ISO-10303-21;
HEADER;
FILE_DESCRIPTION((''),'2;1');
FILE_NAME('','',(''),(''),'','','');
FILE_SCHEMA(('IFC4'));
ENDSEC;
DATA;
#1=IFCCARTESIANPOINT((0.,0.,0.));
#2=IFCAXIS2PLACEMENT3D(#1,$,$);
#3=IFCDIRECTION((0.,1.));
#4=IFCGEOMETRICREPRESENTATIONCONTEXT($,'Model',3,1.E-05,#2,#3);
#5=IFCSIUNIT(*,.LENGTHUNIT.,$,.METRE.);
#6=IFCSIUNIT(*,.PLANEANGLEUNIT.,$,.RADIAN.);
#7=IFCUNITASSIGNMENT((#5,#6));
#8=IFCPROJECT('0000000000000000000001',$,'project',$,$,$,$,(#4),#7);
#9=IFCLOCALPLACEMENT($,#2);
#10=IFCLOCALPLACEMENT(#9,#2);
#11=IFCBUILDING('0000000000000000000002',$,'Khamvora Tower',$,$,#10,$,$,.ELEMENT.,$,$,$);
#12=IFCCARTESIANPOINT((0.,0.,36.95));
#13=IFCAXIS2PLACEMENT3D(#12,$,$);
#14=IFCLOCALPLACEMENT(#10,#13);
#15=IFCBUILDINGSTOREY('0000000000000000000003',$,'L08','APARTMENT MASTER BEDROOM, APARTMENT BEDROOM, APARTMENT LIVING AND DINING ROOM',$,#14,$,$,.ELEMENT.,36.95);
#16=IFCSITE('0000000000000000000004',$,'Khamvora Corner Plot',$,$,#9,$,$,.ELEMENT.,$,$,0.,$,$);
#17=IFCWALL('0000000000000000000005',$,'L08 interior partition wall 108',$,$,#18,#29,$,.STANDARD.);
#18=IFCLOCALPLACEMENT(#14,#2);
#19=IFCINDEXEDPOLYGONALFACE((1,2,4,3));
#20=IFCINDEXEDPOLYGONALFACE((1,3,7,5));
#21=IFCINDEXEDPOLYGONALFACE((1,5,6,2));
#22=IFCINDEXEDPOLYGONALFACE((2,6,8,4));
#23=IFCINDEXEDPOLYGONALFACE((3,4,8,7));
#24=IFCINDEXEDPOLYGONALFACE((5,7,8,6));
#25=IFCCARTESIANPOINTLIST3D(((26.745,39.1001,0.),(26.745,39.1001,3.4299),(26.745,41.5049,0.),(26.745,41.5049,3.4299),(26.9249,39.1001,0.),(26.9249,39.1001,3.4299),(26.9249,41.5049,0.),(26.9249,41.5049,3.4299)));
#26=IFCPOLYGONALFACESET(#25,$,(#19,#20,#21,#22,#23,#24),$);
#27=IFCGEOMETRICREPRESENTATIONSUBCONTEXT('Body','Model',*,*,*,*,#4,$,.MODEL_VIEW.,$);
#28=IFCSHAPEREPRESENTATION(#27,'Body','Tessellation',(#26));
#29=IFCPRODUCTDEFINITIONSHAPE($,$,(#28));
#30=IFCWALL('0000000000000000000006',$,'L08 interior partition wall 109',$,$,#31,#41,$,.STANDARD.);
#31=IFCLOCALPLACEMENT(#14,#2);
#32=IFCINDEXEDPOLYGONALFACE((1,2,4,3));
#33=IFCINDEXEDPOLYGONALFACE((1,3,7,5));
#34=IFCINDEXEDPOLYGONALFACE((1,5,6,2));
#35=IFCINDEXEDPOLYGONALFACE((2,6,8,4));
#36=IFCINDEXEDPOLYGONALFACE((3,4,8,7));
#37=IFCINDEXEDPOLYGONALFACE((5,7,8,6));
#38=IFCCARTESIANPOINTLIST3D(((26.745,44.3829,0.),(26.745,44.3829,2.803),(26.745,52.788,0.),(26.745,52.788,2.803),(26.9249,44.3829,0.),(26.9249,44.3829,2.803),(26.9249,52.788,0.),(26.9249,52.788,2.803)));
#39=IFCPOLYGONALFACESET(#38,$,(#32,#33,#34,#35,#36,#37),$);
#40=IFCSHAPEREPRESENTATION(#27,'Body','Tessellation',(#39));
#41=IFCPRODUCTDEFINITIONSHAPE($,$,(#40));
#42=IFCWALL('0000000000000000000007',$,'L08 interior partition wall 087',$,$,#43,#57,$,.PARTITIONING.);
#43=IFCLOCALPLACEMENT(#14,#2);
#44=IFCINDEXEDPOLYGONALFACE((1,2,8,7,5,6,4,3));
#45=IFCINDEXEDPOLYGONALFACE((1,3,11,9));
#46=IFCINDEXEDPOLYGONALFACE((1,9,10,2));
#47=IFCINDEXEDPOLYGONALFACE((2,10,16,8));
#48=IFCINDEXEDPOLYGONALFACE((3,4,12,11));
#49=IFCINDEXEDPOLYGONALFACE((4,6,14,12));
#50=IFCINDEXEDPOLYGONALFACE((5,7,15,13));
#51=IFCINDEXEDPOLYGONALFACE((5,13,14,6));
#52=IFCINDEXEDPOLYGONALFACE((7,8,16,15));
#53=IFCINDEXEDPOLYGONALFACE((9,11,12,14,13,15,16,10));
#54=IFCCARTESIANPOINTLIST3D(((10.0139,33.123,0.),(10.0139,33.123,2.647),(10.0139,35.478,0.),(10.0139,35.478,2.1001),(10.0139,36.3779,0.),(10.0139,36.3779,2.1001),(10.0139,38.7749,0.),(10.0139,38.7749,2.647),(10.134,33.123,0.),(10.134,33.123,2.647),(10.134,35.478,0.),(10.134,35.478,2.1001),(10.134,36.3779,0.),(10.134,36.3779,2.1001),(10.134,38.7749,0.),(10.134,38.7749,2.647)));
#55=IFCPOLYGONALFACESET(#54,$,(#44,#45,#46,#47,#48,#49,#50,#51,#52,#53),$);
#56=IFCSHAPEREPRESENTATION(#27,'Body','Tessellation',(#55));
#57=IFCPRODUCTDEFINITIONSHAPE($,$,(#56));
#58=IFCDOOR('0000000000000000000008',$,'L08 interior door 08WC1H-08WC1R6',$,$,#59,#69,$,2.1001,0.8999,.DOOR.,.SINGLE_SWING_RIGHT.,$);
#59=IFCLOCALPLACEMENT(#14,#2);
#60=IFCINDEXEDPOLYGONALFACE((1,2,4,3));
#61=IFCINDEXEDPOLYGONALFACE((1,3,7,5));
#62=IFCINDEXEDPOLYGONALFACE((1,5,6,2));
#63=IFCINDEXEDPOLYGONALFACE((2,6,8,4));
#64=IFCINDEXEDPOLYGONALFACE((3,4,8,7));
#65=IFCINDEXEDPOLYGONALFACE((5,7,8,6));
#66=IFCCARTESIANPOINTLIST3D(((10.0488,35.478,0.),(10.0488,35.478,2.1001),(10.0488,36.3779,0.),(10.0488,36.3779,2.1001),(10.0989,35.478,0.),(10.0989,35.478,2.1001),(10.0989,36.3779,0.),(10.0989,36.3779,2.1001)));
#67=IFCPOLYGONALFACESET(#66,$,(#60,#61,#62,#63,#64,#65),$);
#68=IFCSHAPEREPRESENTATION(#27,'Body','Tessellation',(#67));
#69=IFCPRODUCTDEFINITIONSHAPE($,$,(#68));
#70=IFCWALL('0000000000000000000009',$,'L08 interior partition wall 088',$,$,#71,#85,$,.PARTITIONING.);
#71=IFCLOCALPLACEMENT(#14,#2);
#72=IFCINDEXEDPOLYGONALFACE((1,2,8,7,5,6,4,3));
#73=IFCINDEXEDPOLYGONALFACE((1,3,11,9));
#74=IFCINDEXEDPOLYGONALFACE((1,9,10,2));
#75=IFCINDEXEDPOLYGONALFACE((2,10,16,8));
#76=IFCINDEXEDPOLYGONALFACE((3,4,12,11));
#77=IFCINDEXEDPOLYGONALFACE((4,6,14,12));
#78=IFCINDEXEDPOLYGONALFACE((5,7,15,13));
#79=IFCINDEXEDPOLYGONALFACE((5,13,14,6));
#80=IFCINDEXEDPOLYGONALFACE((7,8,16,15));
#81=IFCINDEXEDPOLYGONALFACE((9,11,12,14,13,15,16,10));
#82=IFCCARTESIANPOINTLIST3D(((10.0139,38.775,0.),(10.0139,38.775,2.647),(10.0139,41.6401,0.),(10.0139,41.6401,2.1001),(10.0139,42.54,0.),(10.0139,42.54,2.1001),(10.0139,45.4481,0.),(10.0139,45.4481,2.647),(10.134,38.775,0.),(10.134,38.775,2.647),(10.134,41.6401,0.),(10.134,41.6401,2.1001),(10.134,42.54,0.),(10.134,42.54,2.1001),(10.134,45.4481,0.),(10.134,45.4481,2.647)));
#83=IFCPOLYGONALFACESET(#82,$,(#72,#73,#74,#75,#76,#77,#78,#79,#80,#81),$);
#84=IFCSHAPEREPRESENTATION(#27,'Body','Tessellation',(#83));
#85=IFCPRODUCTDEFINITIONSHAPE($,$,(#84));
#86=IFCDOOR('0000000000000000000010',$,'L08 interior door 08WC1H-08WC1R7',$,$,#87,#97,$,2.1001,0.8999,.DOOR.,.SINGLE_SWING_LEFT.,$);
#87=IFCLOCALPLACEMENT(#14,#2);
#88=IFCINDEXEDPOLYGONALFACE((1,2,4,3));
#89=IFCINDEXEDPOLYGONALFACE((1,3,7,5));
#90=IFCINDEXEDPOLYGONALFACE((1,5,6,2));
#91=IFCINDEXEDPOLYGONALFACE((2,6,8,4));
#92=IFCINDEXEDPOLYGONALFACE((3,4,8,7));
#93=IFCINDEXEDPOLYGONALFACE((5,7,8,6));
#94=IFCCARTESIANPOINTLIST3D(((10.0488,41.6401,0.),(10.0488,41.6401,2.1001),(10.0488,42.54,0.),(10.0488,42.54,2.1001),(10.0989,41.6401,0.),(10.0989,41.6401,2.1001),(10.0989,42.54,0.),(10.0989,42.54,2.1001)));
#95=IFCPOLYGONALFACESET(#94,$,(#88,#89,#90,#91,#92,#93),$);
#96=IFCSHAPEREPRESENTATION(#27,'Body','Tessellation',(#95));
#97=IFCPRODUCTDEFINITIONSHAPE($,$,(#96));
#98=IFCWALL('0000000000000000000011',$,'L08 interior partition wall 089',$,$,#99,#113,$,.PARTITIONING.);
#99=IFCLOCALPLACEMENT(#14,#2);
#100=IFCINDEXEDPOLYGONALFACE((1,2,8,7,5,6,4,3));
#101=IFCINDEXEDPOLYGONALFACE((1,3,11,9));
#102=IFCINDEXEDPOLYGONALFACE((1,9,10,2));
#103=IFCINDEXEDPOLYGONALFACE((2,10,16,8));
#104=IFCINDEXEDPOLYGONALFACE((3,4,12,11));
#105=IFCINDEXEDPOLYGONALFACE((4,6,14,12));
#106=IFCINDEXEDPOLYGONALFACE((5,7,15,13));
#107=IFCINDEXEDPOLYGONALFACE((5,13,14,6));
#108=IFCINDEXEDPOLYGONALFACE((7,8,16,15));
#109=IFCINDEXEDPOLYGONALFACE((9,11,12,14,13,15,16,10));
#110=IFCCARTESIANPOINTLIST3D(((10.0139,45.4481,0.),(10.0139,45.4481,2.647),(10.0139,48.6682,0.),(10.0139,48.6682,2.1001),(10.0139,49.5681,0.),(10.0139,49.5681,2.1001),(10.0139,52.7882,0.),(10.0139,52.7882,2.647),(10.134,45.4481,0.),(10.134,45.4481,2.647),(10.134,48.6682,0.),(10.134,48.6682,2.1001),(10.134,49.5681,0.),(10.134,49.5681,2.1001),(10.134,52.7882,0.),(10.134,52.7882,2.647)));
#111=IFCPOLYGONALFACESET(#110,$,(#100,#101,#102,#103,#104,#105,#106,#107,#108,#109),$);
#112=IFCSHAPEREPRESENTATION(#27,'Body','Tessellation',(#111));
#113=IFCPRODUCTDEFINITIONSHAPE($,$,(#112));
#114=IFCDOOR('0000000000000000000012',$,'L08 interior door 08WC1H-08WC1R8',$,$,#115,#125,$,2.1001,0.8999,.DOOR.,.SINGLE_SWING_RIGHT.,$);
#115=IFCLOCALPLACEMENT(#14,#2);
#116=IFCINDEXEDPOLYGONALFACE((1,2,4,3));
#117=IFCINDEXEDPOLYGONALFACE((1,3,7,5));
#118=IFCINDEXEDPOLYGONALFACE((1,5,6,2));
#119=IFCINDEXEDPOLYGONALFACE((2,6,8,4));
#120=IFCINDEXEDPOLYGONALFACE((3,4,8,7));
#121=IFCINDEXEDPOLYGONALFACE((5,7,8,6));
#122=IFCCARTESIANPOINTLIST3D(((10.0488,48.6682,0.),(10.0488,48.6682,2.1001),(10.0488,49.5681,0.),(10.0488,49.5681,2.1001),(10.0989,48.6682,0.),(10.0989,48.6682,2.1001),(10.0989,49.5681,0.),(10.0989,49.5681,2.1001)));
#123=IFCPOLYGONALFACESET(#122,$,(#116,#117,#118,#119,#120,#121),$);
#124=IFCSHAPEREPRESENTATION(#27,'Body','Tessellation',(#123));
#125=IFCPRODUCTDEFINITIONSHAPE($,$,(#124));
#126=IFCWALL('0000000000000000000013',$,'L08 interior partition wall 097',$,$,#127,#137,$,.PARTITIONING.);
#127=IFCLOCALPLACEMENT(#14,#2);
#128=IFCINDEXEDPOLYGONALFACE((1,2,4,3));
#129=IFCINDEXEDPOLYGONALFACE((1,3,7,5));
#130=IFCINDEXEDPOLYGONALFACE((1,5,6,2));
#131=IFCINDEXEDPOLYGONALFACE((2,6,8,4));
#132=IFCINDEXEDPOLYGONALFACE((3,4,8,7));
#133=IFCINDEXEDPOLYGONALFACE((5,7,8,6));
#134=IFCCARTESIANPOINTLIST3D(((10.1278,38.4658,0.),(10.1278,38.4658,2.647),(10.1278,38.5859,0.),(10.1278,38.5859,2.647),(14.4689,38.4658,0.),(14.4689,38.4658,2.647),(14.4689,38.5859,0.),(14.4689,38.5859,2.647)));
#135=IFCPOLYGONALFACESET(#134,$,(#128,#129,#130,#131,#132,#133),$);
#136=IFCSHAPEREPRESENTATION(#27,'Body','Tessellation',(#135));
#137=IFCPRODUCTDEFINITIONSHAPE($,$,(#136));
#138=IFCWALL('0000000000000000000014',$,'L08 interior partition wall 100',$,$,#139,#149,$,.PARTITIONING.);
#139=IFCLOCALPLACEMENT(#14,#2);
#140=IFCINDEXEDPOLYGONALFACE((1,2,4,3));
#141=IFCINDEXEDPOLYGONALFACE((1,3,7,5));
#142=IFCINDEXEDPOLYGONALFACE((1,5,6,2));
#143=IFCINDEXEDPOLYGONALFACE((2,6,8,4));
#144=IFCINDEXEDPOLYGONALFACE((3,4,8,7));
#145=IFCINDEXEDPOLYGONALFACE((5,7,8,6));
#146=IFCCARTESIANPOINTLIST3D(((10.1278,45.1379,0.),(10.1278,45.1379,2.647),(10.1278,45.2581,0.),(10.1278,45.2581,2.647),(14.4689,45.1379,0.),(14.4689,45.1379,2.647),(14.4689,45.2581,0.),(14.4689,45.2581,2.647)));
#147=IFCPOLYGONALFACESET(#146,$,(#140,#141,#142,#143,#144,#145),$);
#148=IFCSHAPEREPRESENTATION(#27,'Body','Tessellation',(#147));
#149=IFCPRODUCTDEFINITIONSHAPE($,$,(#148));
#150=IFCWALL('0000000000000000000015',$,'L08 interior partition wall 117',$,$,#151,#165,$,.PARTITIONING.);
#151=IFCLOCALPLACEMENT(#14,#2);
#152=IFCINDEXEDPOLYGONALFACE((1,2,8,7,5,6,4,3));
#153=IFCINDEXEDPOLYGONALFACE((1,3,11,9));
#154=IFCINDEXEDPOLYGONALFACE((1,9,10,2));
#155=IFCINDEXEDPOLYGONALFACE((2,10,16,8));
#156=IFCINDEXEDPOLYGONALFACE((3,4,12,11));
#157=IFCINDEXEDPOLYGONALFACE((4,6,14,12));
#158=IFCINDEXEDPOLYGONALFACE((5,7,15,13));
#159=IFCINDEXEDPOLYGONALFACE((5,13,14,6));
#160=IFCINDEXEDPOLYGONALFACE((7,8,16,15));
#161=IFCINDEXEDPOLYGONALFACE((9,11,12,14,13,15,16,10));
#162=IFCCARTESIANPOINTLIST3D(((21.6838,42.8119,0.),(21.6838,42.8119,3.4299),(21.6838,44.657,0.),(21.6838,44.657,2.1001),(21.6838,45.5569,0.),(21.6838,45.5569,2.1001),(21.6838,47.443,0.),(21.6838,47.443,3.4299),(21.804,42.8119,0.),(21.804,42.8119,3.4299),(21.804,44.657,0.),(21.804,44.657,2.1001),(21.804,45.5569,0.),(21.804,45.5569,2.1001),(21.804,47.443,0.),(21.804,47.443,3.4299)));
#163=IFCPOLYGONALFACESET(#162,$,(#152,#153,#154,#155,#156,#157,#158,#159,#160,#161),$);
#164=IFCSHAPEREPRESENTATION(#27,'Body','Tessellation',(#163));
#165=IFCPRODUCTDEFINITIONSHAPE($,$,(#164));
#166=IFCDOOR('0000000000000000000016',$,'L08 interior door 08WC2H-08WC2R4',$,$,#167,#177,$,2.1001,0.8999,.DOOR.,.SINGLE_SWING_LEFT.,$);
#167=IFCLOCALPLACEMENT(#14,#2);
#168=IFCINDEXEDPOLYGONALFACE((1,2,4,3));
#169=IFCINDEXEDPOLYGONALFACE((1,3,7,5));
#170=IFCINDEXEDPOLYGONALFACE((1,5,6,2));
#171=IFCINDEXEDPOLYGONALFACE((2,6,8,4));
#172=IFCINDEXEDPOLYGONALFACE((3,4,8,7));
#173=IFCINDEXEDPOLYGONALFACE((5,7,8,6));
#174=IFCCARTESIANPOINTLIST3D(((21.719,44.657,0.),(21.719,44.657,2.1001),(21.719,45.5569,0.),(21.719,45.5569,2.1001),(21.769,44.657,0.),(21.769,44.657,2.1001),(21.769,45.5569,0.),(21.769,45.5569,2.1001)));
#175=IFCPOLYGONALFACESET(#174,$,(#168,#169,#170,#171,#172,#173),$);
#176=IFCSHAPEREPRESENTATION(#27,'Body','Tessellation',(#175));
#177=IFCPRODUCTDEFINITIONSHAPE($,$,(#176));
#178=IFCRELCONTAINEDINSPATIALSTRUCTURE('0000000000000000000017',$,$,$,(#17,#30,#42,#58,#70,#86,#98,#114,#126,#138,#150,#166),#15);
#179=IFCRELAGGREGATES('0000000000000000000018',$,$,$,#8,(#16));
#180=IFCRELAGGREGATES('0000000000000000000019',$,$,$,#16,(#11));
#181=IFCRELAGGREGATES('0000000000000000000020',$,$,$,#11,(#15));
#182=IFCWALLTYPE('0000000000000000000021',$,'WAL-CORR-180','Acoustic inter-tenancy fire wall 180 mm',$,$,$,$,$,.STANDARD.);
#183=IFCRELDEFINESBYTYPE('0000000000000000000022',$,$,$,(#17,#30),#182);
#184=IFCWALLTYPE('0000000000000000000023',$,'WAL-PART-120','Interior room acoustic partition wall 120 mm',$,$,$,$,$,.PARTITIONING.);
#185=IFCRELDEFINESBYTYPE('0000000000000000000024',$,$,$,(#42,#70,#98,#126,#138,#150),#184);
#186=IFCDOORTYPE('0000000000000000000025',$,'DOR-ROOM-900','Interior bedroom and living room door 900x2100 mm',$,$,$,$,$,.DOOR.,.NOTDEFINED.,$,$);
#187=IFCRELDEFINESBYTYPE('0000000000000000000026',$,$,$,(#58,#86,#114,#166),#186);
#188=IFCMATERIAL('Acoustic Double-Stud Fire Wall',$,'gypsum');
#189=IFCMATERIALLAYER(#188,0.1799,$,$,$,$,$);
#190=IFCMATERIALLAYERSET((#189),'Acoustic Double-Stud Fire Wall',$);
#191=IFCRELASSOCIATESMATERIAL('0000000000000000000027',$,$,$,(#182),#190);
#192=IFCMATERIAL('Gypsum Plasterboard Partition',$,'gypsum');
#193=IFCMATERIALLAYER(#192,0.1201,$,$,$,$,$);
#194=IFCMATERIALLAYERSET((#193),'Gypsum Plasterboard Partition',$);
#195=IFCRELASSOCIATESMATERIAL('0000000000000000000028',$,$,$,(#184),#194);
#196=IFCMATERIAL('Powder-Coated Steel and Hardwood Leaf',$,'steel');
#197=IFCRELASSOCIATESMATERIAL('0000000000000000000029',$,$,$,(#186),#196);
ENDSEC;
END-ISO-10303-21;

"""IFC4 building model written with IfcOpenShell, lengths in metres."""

from ifc_helpers import new_model, si_unit, direction, frame, frame_2d, origin, place, context, subcontext, project, spatial, rectangle, extrude, material, layer, layer_set, type_object, element, fill, save


model = new_model("IFC4")

# Units and contexts
model_context = context("Model", 3, precision=1e-05, world=origin(), true_north=direction((0.0, 1.0)))
body_context = subcontext(model_context, "Body", "Model", "MODEL_VIEW")
ifc_project = project(units=[si_unit("LENGTHUNIT", "METRE"), si_unit("PLANEANGLEUNIT", "RADIAN")], contexts=[model_context])

# Site, building, storey
site_placement = place(None, origin())
site = spatial("IfcSite", under=ifc_project, at=site_placement, Name="Khamvora Corner Plot", CompositionType="ELEMENT", RefElevation=0.0)
building_placement = place(site_placement, origin())
building = spatial("IfcBuilding", under=site, at=building_placement, Name="Khamvora Tower", CompositionType="ELEMENT")
storey_placement = place(building_placement, frame((0.0, 0.0, 36.95)))
storey = spatial("IfcBuildingStorey", under=building, at=storey_placement, Name="L08", Description="APARTMENT MASTER BEDROOM, APARTMENT BEDROOM, APARTMENT LIVING AND DINING ROOM", CompositionType="ELEMENT", Elevation=36.95)

# Walls
ifc_material_1 = material(Name="Acoustic Double-Stud Fire Wall", Category="gypsum")
ifc_layer_1 = layer(ifc_material_1, 0.1799)
ifc_layer_set_1 = layer_set([ifc_layer_1], Name="Acoustic Double-Stud Fire Wall")
wall_type_1 = type_object("IfcWallType", Name="WAL-CORR-180", Description="Acoustic inter-tenancy fire wall 180 mm", PredefinedType="STANDARD", material=ifc_layer_set_1)
wall_1_placement = place(storey_placement, frame((26.835, 41.5049, 0.0), z_axis=(0.0, 0.0, 1.0), x_axis=(0.0, -1.0, 0.0)))
element("IfcWall", 1, at=wall_1_placement, inside=storey, type_object=wall_type_1, Name="L08 interior partition wall 108", PredefinedType="STANDARD", context=body_context, shape_type="SweptSolid", body=[
    extrude(rectangle(XDim=2.4048, YDim=0.1799, at=frame_2d((1.2024, 0.0))), origin(), (0.0, 0.0, 1.0), 3.4299),
])
wall_2_placement = place(storey_placement, frame((26.835, 52.7881, 0.0), z_axis=(0.0, 0.0, 1.0), x_axis=(0.0, -1.0, 0.0)))
element("IfcWall", 2, at=wall_2_placement, inside=storey, type_object=wall_type_1, Name="L08 interior partition wall 109", PredefinedType="STANDARD", context=body_context, shape_type="SweptSolid", body=[
    extrude(rectangle(XDim=8.405, YDim=0.1799, at=frame_2d((4.2026, 0.0))), origin(), (0.0, 0.0, 1.0), 2.803),
])

# Walls, openings, doors
ifc_material_2 = material(Name="Gypsum Plasterboard Partition", Category="gypsum")
ifc_layer_2 = layer(ifc_material_2, 0.1201)
ifc_layer_set_2 = layer_set([ifc_layer_2], Name="Gypsum Plasterboard Partition")
wall_type_2 = type_object("IfcWallType", Name="WAL-PART-120", Description="Interior room acoustic partition wall 120 mm", PredefinedType="PARTITIONING", material=ifc_layer_set_2)
wall_3_placement = place(storey_placement, frame((10.074, 38.7749, 0.0), z_axis=(0.0, 0.0, 1.0), x_axis=(0.0, -1.0, 0.0)))
wall_3 = element("IfcWall", 3, at=wall_3_placement, inside=storey, type_object=wall_type_2, Name="L08 interior partition wall 087", PredefinedType="PARTITIONING", context=body_context, shape_type="SweptSolid", body=[
    extrude(rectangle(XDim=5.6519, YDim=0.1201, at=frame_2d((2.8259, 0.0))), origin(), (0.0, 0.0, 1.0), 2.647),
])
opening_1_placement = place(wall_3_placement, frame((2.397, 0.0, 0.0)))
opening_1 = element("IfcOpeningElement", 4, at=opening_1_placement, cuts=wall_3, PredefinedType="OPENING", context=body_context, shape_type="SweptSolid", body=[
    extrude(rectangle(XDim=0.8999, YDim=2.1001, at=frame_2d((0.45, 1.05))), frame((0.0, 0.0701, 0.0), z_axis=(0.0, -1.0, 0.0), x_axis=(1.0, 0.0, 0.0)), (0.0, 0.0, 1.0), 0.1401),
])
ifc_material_3 = material(Name="Powder-Coated Steel and Hardwood Leaf", Category="steel")
door_type = type_object("IfcDoorType", Name="DOR-ROOM-900", Description="Interior bedroom and living room door 900x2100 mm", OperationType="NOTDEFINED", PredefinedType="DOOR", material=ifc_material_3)
door_1_placement = place(opening_1_placement, origin())
door_1 = element("IfcDoor", 5, at=door_1_placement, inside=storey, type_object=door_type, Name="L08 interior door 08WC1H-08WC1R6", OperationType="SINGLE_SWING_RIGHT", OverallHeight=2.1001, OverallWidth=0.8999, PredefinedType="DOOR", context=body_context, shape_type="SweptSolid", body=[
    extrude(rectangle(XDim=0.8999, YDim=2.1001, at=frame_2d((0.45, 1.05))), frame((0.0, 0.0249, 0.0), z_axis=(0.0, -1.0, 0.0), x_axis=(1.0, 0.0, 0.0)), (0.0, 0.0, 1.0), 0.05),
])
fill(opening_1, door_1)
wall_4_placement = place(storey_placement, frame((10.074, 45.448, 0.0), z_axis=(0.0, 0.0, 1.0), x_axis=(0.0, -1.0, 0.0)))
wall_4 = element("IfcWall", 6, at=wall_4_placement, inside=storey, type_object=wall_type_2, Name="L08 interior partition wall 088", PredefinedType="PARTITIONING", context=body_context, shape_type="SweptSolid", body=[
    extrude(rectangle(XDim=6.6731, YDim=0.1201, at=frame_2d((3.3364, 0.0))), origin(), (0.0, 0.0, 1.0), 2.647),
])
opening_2_placement = place(wall_4_placement, frame((2.908, 0.0, 0.0)))
opening_2 = element("IfcOpeningElement", 7, at=opening_2_placement, cuts=wall_4, PredefinedType="OPENING", context=body_context, shape_type="SweptSolid", body=[
    extrude(rectangle(XDim=0.8999, YDim=2.1001, at=frame_2d((0.45, 1.05))), frame((0.0, 0.0701, 0.0), z_axis=(0.0, -1.0, 0.0), x_axis=(1.0, 0.0, 0.0)), (0.0, 0.0, 1.0), 0.1401),
])
door_2_placement = place(opening_2_placement, origin())
door_2 = element("IfcDoor", 8, at=door_2_placement, inside=storey, type_object=door_type, Name="L08 interior door 08WC1H-08WC1R7", OperationType="SINGLE_SWING_LEFT", OverallHeight=2.1001, OverallWidth=0.8999, PredefinedType="DOOR", context=body_context, shape_type="SweptSolid", body=[
    extrude(rectangle(XDim=0.8999, YDim=2.1001, at=frame_2d((0.45, 1.05))), frame((0.0, 0.0249, 0.0), z_axis=(0.0, -1.0, 0.0), x_axis=(1.0, 0.0, 0.0)), (0.0, 0.0, 1.0), 0.05),
])
fill(opening_2, door_2)
wall_5_placement = place(storey_placement, frame((10.074, 52.7881, 0.0), z_axis=(0.0, 0.0, 1.0), x_axis=(0.0, -1.0, 0.0)))
wall_5 = element("IfcWall", 9, at=wall_5_placement, inside=storey, type_object=wall_type_2, Name="L08 interior partition wall 089", PredefinedType="PARTITIONING", context=body_context, shape_type="SweptSolid", body=[
    extrude(rectangle(XDim=7.3401, YDim=0.1201, at=frame_2d((3.6699, 0.0))), origin(), (0.0, 0.0, 1.0), 2.647),
])
opening_3_placement = place(wall_5_placement, frame((3.22, 0.0, 0.0)))
opening_3 = element("IfcOpeningElement", 10, at=opening_3_placement, cuts=wall_5, PredefinedType="OPENING", context=body_context, shape_type="SweptSolid", body=[
    extrude(rectangle(XDim=0.8999, YDim=2.1001, at=frame_2d((0.45, 1.05))), frame((0.0, 0.0701, 0.0), z_axis=(0.0, -1.0, 0.0), x_axis=(1.0, 0.0, 0.0)), (0.0, 0.0, 1.0), 0.1401),
])
door_3_placement = place(opening_3_placement, origin())
door_3 = element("IfcDoor", 11, at=door_3_placement, inside=storey, type_object=door_type, Name="L08 interior door 08WC1H-08WC1R8", OperationType="SINGLE_SWING_RIGHT", OverallHeight=2.1001, OverallWidth=0.8999, PredefinedType="DOOR", context=body_context, shape_type="SweptSolid", body=[
    extrude(rectangle(XDim=0.8999, YDim=2.1001, at=frame_2d((0.45, 1.05))), frame((0.0, 0.0249, 0.0), z_axis=(0.0, -1.0, 0.0), x_axis=(1.0, 0.0, 0.0)), (0.0, 0.0, 1.0), 0.05),
])
fill(opening_3, door_3)

# Walls
for number, where, z_axis, x_axis, name in (
    (12, (10.1279, 38.5259, 0.0), (0.0, 0.0, 1.0), (1.0, 0.0, 0.0), "L08 interior partition wall 097"),
    (13, (10.1279, 45.198, 0.0), (0.0, 0.0, 1.0), (1.0, 0.0, 0.0), "L08 interior partition wall 100"),
):
    element("IfcWall", number, at=place(storey_placement, frame(where, z_axis=z_axis, x_axis=x_axis)), inside=storey, type_object=wall_type_2, Name=name, PredefinedType="PARTITIONING", context=body_context, shape_type="SweptSolid", body=[
        extrude(rectangle(XDim=4.3411, YDim=0.1201, at=frame_2d((2.1704, 0.0))), origin(), (0.0, 0.0, 1.0), 2.647),
    ])

# Wall, opening, door
wall_6_placement = place(storey_placement, frame((21.7439, 42.812, 0.0), z_axis=(0.0, 0.0, 1.0), x_axis=(0.0, 1.0, 0.0)))
wall_6 = element("IfcWall", 14, at=wall_6_placement, inside=storey, type_object=wall_type_2, Name="L08 interior partition wall 117", PredefinedType="PARTITIONING", context=body_context, shape_type="SweptSolid", body=[
    extrude(rectangle(XDim=4.6311, YDim=0.1201, at=frame_2d((2.3154, 0.0))), origin(), (0.0, 0.0, 1.0), 3.4299),
])
opening_4_placement = place(wall_6_placement, frame((1.845, 0.0, 0.0)))
opening_4 = element("IfcOpeningElement", 15, at=opening_4_placement, cuts=wall_6, PredefinedType="OPENING", context=body_context, shape_type="SweptSolid", body=[
    extrude(rectangle(XDim=0.8999, YDim=2.1001, at=frame_2d((0.45, 1.05))), frame((0.0, 0.0701, 0.0), z_axis=(0.0, -1.0, 0.0), x_axis=(1.0, 0.0, 0.0)), (0.0, 0.0, 1.0), 0.1401),
])
door_4_placement = place(opening_4_placement, origin())
door_4 = element("IfcDoor", 16, at=door_4_placement, inside=storey, type_object=door_type, Name="L08 interior door 08WC2H-08WC2R4", OperationType="SINGLE_SWING_LEFT", OverallHeight=2.1001, OverallWidth=0.8999, PredefinedType="DOOR", context=body_context, shape_type="SweptSolid", body=[
    extrude(rectangle(XDim=0.8999, YDim=2.1001, at=frame_2d((0.45, 1.05))), frame((0.0, 0.0249, 0.0), z_axis=(0.0, -1.0, 0.0), x_axis=(1.0, 0.0, 0.0)), (0.0, 0.0, 1.0), 0.05),
])
fill(opening_4, door_4)

save(model, "model.ifc")
